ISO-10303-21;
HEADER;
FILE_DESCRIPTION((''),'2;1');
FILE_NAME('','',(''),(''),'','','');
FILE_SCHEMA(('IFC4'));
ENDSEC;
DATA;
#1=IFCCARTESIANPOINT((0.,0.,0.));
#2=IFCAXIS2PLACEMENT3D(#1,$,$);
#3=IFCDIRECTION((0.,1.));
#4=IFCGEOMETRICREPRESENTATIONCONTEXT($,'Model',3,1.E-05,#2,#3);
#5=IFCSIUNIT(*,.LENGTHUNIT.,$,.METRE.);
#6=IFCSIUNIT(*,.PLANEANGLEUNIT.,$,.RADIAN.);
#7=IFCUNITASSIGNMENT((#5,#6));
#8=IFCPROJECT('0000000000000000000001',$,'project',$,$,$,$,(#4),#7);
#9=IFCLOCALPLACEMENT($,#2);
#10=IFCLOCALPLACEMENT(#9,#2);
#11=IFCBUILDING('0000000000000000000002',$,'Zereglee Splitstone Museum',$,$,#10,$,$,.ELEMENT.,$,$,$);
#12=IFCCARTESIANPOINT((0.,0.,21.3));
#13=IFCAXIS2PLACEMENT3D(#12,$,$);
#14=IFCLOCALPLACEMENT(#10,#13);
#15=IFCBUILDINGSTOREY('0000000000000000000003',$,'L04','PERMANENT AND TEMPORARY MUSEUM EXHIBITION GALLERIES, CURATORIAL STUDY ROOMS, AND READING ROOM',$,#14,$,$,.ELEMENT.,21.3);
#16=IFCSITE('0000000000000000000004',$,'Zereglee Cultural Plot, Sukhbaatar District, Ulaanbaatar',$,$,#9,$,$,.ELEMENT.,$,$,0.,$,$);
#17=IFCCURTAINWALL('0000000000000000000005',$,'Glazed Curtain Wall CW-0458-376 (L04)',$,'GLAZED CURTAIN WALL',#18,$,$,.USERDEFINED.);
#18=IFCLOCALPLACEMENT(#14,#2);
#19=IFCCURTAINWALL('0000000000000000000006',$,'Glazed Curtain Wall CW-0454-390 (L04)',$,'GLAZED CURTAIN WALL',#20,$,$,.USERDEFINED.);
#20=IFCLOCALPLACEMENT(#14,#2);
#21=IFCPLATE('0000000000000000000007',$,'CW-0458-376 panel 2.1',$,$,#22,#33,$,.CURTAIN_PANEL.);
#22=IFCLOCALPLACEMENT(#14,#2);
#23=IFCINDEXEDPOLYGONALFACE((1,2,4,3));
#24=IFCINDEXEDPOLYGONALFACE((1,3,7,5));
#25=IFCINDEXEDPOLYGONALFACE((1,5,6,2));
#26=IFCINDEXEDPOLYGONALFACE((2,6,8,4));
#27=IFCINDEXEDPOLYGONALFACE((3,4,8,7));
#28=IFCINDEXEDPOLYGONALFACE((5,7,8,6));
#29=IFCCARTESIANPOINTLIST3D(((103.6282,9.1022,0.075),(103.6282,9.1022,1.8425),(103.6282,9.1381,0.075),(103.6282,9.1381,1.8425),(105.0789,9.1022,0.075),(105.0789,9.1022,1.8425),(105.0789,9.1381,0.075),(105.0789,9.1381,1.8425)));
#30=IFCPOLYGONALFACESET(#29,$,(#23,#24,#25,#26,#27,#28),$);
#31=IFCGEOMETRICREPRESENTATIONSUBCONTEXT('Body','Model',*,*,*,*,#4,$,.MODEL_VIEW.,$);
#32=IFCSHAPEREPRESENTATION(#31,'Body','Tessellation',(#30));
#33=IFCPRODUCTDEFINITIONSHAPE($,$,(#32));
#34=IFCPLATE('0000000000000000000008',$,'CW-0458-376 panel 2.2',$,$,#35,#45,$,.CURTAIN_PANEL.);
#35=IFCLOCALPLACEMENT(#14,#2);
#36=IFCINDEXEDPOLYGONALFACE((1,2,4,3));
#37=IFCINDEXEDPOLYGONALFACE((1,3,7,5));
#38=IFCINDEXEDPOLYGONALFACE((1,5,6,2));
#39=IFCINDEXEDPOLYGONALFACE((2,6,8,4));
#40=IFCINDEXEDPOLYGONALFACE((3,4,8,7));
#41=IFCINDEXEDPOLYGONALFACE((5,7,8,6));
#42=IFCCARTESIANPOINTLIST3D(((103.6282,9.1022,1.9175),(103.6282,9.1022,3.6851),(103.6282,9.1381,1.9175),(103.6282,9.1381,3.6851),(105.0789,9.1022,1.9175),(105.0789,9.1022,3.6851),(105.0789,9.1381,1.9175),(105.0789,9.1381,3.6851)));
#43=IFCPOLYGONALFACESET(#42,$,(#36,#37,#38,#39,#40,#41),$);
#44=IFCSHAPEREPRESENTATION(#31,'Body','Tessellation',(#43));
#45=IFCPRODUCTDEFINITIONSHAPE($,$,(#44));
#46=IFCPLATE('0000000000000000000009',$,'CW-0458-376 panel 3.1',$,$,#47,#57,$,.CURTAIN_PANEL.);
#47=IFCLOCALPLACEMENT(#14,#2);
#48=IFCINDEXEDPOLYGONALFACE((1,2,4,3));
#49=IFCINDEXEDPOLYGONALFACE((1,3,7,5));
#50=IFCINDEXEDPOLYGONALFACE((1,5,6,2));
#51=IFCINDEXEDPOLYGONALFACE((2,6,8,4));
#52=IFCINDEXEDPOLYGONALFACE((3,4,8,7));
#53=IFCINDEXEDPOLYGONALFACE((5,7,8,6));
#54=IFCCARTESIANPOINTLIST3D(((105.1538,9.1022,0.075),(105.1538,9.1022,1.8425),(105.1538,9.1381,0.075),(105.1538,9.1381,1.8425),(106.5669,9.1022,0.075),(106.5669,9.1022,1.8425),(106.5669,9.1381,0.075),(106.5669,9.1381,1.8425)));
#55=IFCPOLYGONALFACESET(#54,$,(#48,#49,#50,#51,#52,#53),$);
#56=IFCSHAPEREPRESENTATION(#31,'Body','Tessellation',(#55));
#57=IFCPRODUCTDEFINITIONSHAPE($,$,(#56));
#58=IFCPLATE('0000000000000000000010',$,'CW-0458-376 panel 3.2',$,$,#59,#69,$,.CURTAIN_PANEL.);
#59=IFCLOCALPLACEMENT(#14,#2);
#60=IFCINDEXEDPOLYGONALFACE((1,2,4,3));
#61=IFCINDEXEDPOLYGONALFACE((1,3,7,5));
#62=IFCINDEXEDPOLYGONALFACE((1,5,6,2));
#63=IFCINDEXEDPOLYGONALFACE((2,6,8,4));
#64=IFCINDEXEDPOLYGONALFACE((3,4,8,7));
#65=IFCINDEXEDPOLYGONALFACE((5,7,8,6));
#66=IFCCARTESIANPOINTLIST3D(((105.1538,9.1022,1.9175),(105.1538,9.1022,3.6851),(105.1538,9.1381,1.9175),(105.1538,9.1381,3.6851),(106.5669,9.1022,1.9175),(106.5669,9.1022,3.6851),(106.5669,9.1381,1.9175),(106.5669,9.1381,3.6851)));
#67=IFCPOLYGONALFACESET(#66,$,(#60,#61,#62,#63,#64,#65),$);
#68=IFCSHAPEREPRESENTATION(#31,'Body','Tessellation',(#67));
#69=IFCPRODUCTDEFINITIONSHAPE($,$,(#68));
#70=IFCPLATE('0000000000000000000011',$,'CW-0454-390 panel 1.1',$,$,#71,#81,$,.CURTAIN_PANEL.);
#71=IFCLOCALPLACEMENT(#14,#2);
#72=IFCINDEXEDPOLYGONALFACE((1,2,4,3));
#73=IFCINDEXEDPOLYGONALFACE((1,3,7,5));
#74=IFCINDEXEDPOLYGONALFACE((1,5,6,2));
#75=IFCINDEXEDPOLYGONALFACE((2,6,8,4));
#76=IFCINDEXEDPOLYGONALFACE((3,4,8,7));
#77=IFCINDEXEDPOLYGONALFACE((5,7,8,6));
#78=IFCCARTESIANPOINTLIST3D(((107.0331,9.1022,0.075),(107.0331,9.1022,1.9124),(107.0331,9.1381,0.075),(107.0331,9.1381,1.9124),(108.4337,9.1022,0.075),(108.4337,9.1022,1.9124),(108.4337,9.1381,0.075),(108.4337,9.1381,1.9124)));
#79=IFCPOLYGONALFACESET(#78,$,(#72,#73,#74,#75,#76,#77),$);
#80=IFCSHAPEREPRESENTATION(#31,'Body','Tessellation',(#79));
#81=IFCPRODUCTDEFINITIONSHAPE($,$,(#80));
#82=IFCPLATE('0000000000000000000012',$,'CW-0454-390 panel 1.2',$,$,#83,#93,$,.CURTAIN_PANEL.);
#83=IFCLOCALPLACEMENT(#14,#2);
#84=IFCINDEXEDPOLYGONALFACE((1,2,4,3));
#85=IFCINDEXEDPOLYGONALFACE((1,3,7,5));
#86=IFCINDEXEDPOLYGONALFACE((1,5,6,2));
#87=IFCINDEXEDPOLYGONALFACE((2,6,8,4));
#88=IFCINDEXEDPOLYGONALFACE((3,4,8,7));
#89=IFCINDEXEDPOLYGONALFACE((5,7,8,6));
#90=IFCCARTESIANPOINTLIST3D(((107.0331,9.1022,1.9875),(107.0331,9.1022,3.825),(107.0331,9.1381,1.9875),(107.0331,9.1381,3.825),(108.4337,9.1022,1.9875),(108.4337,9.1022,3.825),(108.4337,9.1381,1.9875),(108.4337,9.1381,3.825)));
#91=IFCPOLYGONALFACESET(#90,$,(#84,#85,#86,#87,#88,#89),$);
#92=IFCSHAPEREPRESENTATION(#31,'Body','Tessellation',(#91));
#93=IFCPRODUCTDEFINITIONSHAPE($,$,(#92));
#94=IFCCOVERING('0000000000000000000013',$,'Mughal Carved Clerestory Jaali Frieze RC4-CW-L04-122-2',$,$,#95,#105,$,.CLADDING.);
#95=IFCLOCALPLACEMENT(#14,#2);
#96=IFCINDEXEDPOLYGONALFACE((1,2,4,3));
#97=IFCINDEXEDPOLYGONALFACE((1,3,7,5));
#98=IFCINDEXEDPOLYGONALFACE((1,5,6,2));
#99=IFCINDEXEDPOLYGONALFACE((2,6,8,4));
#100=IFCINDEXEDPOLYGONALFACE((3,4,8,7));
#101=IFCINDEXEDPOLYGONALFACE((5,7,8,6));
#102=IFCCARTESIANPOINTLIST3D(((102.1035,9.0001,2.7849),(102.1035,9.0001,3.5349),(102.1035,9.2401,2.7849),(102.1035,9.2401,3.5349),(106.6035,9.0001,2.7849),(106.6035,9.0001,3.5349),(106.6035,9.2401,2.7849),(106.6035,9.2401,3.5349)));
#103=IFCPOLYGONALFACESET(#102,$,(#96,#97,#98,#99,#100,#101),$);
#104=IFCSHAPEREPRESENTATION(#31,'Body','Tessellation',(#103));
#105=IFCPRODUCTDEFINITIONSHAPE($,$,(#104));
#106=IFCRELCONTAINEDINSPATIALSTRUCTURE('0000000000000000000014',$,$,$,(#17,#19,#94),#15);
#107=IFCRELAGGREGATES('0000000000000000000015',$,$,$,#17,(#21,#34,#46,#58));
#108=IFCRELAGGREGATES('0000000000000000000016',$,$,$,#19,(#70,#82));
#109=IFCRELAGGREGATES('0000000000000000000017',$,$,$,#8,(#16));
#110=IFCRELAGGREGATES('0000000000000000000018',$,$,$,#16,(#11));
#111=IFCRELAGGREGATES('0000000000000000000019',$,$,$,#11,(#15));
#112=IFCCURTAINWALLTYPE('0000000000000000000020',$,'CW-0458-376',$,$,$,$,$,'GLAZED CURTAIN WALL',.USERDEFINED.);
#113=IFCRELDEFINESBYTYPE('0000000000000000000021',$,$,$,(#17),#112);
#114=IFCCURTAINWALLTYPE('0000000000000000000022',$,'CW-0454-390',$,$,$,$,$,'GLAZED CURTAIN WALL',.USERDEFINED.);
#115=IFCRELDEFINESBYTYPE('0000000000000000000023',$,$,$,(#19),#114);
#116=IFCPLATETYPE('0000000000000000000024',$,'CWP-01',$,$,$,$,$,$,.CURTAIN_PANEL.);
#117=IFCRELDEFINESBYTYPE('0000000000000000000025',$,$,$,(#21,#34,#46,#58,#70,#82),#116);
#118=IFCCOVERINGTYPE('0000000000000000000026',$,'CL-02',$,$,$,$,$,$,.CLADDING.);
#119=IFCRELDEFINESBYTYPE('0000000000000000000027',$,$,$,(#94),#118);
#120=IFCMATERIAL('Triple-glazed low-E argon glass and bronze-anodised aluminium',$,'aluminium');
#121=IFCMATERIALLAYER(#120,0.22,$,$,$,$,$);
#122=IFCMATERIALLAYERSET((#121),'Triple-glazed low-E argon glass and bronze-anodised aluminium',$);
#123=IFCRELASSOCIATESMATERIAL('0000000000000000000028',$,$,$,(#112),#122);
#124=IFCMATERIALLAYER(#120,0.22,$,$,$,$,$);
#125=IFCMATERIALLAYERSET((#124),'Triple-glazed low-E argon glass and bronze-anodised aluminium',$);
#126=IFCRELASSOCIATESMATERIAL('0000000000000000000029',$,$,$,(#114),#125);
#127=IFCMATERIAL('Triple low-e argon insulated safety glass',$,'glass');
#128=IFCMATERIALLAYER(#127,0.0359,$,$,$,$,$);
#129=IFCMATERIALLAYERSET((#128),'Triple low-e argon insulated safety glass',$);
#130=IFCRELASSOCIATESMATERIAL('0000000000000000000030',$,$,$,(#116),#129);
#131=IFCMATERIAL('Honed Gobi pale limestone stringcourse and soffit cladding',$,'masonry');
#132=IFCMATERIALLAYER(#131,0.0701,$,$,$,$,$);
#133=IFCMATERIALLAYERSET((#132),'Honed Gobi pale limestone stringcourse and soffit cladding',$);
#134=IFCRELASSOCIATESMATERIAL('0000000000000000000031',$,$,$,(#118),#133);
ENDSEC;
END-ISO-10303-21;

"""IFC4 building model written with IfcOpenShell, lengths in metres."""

from ifc_helpers import new_model, si_unit, direction, frame, origin, origin_2d, place, context, subcontext, project, spatial, rectangle, extrude, material, layer, layer_set, type_object, element, aggregate, save


model = new_model("IFC4")

# Units and contexts
model_context = context("Model", 3, precision=1e-05, world=origin(), true_north=direction((0.0, 1.0)))
body_context = subcontext(model_context, "Body", "Model", "MODEL_VIEW")
ifc_project = project(units=[si_unit("LENGTHUNIT", "METRE"), si_unit("PLANEANGLEUNIT", "RADIAN")], contexts=[model_context])

# Site, building, storey
site_placement = place(None, origin())
site = spatial("IfcSite", under=ifc_project, at=site_placement, Name="Zereglee Cultural Plot, Sukhbaatar District, Ulaanbaatar", CompositionType="ELEMENT", RefElevation=0.0)
building_placement = place(site_placement, origin())
building = spatial("IfcBuilding", under=site, at=building_placement, Name="Zereglee Splitstone Museum", CompositionType="ELEMENT")
storey_placement = place(building_placement, frame((0.0, 0.0, 21.3)))
storey = spatial("IfcBuildingStorey", under=building, at=storey_placement, Name="L04", Description="PERMANENT AND TEMPORARY MUSEUM EXHIBITION GALLERIES, CURATORIAL STUDY ROOMS, AND READING ROOM", CompositionType="ELEMENT", Elevation=21.3)

# Curtain walls
ifc_material_1 = material(Name="Triple-glazed low-E argon glass and bronze-anodised aluminium", Category="aluminium")
ifc_layer_1 = layer(ifc_material_1, 0.22)
ifc_layer_set_1 = layer_set([ifc_layer_1], Name="Triple-glazed low-E argon glass and bronze-anodised aluminium")
curtain_wall_type_1 = type_object("IfcCurtainWallType", Name="CW-0458-376", ElementType="GLAZED CURTAIN WALL", PredefinedType="USERDEFINED", material=ifc_layer_set_1)
curtain_wall_1_placement = place(storey_placement, origin())
curtain_wall_1 = element("IfcCurtainWall", 1, at=curtain_wall_1_placement, inside=storey, type_object=curtain_wall_type_1, Name="Glazed Curtain Wall CW-0458-376 (L04)", ObjectType="GLAZED CURTAIN WALL", PredefinedType="USERDEFINED")
ifc_layer_2 = layer(ifc_material_1, 0.22)
ifc_layer_set_2 = layer_set([ifc_layer_2], Name="Triple-glazed low-E argon glass and bronze-anodised aluminium")
curtain_wall_type_2 = type_object("IfcCurtainWallType", Name="CW-0454-390", ElementType="GLAZED CURTAIN WALL", PredefinedType="USERDEFINED", material=ifc_layer_set_2)
curtain_wall_2_placement = place(storey_placement, origin())
curtain_wall_2 = element("IfcCurtainWall", 2, at=curtain_wall_2_placement, inside=storey, type_object=curtain_wall_type_2, Name="Glazed Curtain Wall CW-0454-390 (L04)", ObjectType="GLAZED CURTAIN WALL", PredefinedType="USERDEFINED")

# Plates
ifc_material_2 = material(Name="Triple low-e argon insulated safety glass", Category="glass")
ifc_layer_3 = layer(ifc_material_2, 0.0359)
ifc_layer_set_3 = layer_set([ifc_layer_3], Name="Triple low-e argon insulated safety glass")
plate_type = type_object("IfcPlateType", Name="CWP-01", PredefinedType="CURTAIN_PANEL", material=ifc_layer_set_3)
plate_1_placement = place(storey_placement, frame((104.3535, 9.1201, 0.075), z_axis=(0.0, 0.0, 1.0), x_axis=(1.0, 0.0, 0.0)))
plate_1 = element("IfcPlate", 3, at=plate_1_placement, type_object=plate_type, Name="CW-0458-376 panel 2.1", PredefinedType="CURTAIN_PANEL", context=body_context, shape_type="SweptSolid", body=[
    extrude(rectangle(XDim=1.4507, YDim=0.0359, at=origin_2d()), origin(), (0.0, 0.0, 1.0), 1.7676),
])
plate_2_placement = place(storey_placement, frame((104.3535, 9.1201, 1.9175), z_axis=(0.0, 0.0, 1.0), x_axis=(1.0, 0.0, 0.0)))
plate_2 = element("IfcPlate", 4, at=plate_2_placement, type_object=plate_type, Name="CW-0458-376 panel 2.2", PredefinedType="CURTAIN_PANEL", context=body_context, shape_type="SweptSolid", body=[
    extrude(rectangle(XDim=1.4507, YDim=0.0359, at=origin_2d()), origin(), (0.0, 0.0, 1.0), 1.7676),
])
plate_3_placement = place(storey_placement, frame((105.8604, 9.1201, 0.075), z_axis=(0.0, 0.0, 1.0), x_axis=(1.0, 0.0, 0.0)))
plate_3 = element("IfcPlate", 5, at=plate_3_placement, type_object=plate_type, Name="CW-0458-376 panel 3.1", PredefinedType="CURTAIN_PANEL", context=body_context, shape_type="SweptSolid", body=[
    extrude(rectangle(XDim=1.4131, YDim=0.0359, at=origin_2d()), origin(), (0.0, 0.0, 1.0), 1.7676),
])
plate_4_placement = place(storey_placement, frame((105.8604, 9.1201, 1.9175), z_axis=(0.0, 0.0, 1.0), x_axis=(1.0, 0.0, 0.0)))
plate_4 = element("IfcPlate", 6, at=plate_4_placement, type_object=plate_type, Name="CW-0458-376 panel 3.2", PredefinedType="CURTAIN_PANEL", context=body_context, shape_type="SweptSolid", body=[
    extrude(rectangle(XDim=1.4131, YDim=0.0359, at=origin_2d()), origin(), (0.0, 0.0, 1.0), 1.7676),
])
aggregate(curtain_wall_1, [plate_1, plate_2, plate_3, plate_4])
plate_5_placement = place(storey_placement, frame((107.7334, 9.1201, 0.075), z_axis=(0.0, 0.0, 1.0), x_axis=(1.0, 0.0, 0.0)))
plate_5 = element("IfcPlate", 7, at=plate_5_placement, type_object=plate_type, Name="CW-0454-390 panel 1.1", PredefinedType="CURTAIN_PANEL", context=body_context, shape_type="SweptSolid", body=[
    extrude(rectangle(XDim=1.4006, YDim=0.0359, at=origin_2d()), origin(), (0.0, 0.0, 1.0), 1.8374),
])
plate_6_placement = place(storey_placement, frame((107.7334, 9.1201, 1.9875), z_axis=(0.0, 0.0, 1.0), x_axis=(1.0, 0.0, 0.0)))
plate_6 = element("IfcPlate", 8, at=plate_6_placement, type_object=plate_type, Name="CW-0454-390 panel 1.2", PredefinedType="CURTAIN_PANEL", context=body_context, shape_type="SweptSolid", body=[
    extrude(rectangle(XDim=1.4006, YDim=0.0359, at=origin_2d()), origin(), (0.0, 0.0, 1.0), 1.8374),
])
aggregate(curtain_wall_2, [plate_5, plate_6])

# Covering
ifc_material_3 = material(Name="Honed Gobi pale limestone stringcourse and soffit cladding", Category="masonry")
ifc_layer_4 = layer(ifc_material_3, 0.0701)
ifc_layer_set_4 = layer_set([ifc_layer_4], Name="Honed Gobi pale limestone stringcourse and soffit cladding")
covering_type = type_object("IfcCoveringType", Name="CL-02", PredefinedType="CLADDING", material=ifc_layer_set_4)
covering_placement = place(storey_placement, frame((104.3535, 9.1201, 2.7849), z_axis=(0.0, 0.0, 1.0), x_axis=(1.0, 0.0, 0.0)))
element("IfcCovering", 9, at=covering_placement, inside=storey, type_object=covering_type, Name="Mughal Carved Clerestory Jaali Frieze RC4-CW-L04-122-2", PredefinedType="CLADDING", context=body_context, shape_type="SweptSolid", body=[
    extrude(rectangle(XDim=4.5, YDim=0.24, at=origin_2d()), origin(), (0.0, 0.0, 1.0), 0.75),
])

save(model, "model.ifc")
